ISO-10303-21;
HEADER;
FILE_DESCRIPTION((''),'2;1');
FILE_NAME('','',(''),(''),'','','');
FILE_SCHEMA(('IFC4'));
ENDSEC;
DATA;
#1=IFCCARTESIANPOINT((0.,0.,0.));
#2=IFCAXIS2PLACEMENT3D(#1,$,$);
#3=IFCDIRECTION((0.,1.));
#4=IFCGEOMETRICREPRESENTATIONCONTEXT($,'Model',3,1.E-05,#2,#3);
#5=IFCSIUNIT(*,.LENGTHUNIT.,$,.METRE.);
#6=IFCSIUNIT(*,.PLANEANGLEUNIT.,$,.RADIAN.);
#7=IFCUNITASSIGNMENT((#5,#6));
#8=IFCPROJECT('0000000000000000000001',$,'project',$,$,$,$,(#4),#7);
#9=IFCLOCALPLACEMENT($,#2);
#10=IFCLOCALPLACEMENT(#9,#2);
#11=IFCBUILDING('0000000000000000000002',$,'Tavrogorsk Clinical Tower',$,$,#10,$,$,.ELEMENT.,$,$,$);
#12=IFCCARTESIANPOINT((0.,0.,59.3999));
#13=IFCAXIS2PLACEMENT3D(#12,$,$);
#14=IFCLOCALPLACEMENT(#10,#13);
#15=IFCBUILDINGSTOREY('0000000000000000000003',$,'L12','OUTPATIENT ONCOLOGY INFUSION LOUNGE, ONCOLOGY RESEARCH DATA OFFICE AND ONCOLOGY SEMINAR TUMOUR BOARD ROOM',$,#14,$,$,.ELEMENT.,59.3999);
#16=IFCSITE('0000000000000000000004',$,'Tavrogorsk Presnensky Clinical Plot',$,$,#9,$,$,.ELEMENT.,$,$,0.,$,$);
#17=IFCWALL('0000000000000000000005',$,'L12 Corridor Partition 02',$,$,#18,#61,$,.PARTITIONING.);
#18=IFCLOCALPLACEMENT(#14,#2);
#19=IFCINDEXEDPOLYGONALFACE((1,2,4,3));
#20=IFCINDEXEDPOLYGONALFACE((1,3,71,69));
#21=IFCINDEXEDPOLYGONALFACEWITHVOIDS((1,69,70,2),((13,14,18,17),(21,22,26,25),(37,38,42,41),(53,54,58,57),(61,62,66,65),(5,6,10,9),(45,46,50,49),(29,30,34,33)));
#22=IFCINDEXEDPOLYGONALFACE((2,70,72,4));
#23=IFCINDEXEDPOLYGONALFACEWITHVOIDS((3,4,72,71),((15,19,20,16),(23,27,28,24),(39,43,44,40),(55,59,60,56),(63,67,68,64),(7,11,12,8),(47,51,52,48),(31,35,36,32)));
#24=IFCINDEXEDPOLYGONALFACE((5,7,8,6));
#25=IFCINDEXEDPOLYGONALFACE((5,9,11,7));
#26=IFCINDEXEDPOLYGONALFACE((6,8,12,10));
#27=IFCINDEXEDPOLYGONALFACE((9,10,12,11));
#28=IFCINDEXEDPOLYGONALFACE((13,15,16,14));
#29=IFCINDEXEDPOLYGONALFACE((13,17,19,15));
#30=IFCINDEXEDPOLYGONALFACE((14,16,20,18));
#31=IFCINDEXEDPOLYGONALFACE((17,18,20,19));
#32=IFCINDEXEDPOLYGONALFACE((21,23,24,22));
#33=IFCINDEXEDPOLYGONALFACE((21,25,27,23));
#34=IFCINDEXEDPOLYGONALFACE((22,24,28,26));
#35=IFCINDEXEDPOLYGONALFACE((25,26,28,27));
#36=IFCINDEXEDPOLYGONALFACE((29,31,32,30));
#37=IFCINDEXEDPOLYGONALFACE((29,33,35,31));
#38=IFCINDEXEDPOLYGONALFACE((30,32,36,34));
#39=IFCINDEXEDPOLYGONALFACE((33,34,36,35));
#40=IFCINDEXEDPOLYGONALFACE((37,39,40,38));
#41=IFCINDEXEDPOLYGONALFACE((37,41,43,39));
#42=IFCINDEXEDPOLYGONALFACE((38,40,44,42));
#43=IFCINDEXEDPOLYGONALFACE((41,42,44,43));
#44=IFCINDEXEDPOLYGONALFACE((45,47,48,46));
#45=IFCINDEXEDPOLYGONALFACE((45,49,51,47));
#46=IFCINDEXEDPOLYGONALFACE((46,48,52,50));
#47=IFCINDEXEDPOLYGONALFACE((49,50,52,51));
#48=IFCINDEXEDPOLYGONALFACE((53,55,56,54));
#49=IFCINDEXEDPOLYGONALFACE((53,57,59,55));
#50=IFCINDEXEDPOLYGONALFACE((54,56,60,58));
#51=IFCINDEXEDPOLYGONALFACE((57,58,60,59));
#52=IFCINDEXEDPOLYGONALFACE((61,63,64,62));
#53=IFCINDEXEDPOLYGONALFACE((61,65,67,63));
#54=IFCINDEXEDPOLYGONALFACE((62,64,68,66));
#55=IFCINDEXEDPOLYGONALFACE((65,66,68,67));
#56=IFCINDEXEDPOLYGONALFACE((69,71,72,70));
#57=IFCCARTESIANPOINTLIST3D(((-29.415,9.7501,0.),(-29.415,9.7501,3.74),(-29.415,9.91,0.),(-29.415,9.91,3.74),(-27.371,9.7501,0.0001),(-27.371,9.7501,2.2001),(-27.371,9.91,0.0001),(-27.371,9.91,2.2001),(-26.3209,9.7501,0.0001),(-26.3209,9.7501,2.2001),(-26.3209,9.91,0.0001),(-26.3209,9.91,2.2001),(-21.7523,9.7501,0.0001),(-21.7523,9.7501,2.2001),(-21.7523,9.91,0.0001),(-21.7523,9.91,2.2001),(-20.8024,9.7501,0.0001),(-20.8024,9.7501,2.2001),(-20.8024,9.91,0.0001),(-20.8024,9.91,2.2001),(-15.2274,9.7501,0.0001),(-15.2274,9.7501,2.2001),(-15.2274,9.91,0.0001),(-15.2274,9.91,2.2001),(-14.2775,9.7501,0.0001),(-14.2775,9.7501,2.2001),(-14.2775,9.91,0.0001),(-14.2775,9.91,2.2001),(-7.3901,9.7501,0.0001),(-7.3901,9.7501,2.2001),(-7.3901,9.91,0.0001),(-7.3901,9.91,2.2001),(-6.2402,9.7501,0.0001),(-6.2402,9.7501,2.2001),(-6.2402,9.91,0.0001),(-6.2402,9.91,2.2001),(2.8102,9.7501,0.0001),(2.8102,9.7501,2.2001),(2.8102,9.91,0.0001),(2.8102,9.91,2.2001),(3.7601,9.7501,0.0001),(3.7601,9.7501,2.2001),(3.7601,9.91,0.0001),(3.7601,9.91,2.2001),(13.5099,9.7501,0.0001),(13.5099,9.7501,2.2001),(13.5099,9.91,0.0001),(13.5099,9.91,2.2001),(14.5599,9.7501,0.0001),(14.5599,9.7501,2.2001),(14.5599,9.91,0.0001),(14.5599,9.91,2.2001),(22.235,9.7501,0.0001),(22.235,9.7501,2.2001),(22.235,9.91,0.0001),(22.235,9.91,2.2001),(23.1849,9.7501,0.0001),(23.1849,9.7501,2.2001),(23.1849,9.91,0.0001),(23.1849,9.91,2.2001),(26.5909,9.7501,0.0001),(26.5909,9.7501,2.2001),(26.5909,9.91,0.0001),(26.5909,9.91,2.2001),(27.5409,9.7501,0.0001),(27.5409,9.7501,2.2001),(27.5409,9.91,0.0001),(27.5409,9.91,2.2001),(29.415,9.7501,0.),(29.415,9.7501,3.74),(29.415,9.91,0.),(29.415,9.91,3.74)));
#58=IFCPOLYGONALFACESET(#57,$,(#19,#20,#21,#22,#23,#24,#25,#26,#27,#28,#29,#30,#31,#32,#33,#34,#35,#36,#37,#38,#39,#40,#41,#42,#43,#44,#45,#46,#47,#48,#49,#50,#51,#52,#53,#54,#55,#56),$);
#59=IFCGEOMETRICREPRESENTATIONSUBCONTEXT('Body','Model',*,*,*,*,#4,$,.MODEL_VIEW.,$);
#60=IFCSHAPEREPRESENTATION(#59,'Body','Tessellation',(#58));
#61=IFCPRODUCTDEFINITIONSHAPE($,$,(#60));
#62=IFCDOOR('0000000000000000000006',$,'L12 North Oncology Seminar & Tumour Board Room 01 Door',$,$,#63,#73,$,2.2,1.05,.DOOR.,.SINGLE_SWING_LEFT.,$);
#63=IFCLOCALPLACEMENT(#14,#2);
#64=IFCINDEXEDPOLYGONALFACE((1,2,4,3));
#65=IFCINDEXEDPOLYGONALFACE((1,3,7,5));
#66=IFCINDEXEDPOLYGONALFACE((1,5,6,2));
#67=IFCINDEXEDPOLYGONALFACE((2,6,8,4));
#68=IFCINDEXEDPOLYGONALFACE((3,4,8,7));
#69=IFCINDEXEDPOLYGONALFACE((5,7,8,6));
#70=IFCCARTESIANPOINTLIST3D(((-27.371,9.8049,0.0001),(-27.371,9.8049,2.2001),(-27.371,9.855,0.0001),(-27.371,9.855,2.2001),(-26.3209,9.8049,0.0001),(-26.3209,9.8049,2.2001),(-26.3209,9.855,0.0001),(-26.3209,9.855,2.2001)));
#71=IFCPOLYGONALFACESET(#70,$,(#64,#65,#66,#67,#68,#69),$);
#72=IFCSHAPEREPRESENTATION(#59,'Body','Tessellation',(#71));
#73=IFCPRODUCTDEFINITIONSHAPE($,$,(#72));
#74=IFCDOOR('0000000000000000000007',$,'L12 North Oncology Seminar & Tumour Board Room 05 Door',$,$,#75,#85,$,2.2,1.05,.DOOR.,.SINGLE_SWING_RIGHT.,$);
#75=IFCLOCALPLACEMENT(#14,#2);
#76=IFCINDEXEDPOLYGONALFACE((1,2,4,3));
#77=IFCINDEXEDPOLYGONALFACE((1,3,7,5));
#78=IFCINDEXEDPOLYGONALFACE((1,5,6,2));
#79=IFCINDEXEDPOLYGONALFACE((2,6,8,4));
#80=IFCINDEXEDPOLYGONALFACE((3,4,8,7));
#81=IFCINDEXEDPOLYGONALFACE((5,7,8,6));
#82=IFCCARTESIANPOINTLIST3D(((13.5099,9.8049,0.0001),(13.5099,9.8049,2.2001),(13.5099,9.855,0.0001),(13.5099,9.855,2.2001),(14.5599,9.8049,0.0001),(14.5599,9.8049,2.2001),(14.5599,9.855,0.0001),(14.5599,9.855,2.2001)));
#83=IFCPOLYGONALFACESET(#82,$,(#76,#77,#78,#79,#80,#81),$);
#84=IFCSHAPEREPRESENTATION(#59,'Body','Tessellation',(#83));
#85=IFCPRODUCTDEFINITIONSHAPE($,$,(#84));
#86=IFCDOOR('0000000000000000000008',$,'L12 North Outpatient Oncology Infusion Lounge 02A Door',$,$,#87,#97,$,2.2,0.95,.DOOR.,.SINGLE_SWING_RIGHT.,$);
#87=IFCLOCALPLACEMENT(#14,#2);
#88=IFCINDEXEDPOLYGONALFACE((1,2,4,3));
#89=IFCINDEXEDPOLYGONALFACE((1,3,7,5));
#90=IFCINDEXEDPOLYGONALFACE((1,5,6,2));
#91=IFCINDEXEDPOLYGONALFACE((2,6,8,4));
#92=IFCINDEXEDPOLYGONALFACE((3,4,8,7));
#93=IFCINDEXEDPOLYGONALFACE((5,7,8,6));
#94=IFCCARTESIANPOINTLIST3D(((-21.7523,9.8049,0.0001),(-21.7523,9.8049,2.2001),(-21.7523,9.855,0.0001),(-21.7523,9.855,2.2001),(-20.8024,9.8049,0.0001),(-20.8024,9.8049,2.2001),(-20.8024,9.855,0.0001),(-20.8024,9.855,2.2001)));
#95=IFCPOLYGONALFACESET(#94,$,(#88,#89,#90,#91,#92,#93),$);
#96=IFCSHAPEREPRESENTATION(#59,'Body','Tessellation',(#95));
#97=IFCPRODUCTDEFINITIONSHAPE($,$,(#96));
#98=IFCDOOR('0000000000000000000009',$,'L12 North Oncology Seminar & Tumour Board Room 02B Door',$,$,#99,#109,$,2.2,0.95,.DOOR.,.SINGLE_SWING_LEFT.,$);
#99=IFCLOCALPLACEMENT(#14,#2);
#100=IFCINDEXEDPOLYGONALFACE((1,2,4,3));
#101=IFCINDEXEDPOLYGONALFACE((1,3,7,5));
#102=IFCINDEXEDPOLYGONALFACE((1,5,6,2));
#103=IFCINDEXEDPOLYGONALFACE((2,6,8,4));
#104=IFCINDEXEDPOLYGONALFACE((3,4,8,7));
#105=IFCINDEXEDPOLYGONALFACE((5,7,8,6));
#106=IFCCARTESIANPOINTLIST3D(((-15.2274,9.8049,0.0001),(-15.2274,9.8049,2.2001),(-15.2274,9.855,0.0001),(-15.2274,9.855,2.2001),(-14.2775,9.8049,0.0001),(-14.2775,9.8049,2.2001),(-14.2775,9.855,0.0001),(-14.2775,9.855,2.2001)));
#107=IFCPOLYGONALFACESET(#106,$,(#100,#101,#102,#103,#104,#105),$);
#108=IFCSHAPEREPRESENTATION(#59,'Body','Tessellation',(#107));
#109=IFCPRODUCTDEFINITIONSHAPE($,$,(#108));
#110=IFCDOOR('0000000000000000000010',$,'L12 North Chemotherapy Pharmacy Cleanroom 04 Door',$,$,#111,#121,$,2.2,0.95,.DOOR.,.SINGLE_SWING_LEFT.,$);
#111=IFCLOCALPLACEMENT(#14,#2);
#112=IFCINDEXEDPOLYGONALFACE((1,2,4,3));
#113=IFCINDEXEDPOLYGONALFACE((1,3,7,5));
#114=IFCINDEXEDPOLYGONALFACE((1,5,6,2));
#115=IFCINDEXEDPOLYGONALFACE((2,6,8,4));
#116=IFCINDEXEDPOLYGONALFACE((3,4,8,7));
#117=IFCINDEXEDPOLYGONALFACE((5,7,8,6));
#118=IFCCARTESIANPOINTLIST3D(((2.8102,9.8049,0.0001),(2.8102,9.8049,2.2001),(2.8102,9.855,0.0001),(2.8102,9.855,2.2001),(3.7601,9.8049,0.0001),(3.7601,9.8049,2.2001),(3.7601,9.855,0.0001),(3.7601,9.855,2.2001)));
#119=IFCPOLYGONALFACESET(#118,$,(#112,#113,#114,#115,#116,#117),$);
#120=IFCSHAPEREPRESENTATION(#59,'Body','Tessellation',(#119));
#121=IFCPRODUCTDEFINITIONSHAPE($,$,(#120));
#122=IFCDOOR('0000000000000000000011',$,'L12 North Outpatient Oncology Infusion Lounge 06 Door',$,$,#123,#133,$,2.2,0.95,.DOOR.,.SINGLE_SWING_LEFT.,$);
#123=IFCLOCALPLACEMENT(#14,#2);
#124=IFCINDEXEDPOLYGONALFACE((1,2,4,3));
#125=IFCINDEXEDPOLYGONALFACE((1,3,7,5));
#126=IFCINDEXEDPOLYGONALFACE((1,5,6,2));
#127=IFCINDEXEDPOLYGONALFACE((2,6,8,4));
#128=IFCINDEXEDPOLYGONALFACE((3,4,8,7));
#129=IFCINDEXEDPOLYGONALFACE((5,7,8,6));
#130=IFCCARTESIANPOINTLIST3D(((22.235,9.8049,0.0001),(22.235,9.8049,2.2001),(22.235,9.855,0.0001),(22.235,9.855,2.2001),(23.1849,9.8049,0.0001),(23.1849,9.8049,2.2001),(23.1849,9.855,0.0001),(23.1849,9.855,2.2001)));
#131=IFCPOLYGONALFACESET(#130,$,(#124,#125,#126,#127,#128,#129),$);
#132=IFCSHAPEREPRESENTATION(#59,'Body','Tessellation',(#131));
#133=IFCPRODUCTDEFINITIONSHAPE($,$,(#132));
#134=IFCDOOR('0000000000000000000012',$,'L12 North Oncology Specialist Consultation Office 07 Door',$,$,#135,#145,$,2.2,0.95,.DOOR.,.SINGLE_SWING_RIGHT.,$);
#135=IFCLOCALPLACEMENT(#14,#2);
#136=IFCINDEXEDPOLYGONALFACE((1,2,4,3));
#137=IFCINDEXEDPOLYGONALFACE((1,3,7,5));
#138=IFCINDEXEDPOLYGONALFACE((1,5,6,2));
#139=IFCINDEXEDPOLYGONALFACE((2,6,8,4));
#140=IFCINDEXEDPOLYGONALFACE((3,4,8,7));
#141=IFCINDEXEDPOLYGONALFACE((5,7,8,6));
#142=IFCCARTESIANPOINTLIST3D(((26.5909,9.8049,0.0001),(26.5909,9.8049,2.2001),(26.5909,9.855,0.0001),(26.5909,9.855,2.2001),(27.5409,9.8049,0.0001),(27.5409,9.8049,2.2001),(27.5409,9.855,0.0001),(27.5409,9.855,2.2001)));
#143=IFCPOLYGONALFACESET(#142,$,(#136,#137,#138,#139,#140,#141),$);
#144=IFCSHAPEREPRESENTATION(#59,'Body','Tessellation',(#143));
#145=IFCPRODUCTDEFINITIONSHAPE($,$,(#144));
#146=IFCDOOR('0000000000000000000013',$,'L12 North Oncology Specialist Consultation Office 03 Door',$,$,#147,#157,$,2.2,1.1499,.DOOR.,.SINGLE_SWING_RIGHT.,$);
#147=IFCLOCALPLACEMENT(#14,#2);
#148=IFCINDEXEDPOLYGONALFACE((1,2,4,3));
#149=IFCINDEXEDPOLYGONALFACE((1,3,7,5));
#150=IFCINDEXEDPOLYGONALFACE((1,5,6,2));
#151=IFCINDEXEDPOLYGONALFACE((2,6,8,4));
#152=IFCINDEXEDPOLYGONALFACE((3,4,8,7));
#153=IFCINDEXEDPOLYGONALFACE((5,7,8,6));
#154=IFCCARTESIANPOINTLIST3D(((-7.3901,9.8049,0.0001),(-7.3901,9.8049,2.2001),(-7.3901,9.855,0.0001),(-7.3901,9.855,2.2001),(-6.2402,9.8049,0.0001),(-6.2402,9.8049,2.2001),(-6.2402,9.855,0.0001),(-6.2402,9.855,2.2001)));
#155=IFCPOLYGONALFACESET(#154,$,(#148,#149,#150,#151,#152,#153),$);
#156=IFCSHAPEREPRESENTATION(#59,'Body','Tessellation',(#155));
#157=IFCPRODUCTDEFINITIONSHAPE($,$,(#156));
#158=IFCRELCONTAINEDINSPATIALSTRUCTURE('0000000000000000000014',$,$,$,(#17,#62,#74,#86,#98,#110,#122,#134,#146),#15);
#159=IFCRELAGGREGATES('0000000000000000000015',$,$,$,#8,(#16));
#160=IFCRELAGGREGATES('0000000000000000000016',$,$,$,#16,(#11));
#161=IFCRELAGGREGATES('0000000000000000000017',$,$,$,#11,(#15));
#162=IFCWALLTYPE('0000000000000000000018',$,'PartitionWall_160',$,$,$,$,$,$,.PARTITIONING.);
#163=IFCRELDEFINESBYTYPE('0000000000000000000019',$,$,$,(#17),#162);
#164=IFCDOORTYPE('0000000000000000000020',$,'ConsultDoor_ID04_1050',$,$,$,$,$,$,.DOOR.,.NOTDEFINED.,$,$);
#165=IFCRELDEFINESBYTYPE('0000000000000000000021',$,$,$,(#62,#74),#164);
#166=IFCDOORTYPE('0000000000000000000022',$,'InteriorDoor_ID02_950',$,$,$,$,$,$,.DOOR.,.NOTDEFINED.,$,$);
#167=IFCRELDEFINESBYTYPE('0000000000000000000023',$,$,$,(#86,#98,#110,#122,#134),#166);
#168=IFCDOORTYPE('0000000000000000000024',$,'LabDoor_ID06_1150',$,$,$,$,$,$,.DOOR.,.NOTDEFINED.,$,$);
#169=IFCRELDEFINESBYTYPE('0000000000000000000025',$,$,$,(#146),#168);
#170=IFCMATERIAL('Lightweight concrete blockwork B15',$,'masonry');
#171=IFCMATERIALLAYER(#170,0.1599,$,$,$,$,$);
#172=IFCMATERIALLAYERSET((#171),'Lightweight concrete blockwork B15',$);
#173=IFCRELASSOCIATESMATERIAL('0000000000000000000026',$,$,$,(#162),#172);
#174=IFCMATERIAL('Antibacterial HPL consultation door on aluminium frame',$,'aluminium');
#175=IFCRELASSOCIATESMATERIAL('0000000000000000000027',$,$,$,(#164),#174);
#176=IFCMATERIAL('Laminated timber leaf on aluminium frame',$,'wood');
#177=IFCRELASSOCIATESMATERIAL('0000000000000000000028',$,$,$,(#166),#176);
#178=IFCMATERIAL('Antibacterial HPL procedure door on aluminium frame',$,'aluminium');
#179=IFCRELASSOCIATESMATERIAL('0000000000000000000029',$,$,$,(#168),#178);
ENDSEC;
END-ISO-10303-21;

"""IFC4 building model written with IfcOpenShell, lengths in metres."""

from ifc_helpers import new_model, si_unit, direction, frame, frame_2d, origin, place, context, subcontext, project, spatial, rectangle, extrude, material, layer, layer_set, type_object, element, fill, save


model = new_model("IFC4")

# Units and contexts
model_context = context("Model", 3, precision=1e-05, world=origin(), true_north=direction((0.0, 1.0)))
body_context = subcontext(model_context, "Body", "Model", "MODEL_VIEW")
ifc_project = project(units=[si_unit("LENGTHUNIT", "METRE"), si_unit("PLANEANGLEUNIT", "RADIAN")], contexts=[model_context])

# Site, building, storey
site_placement = place(None, origin())
site = spatial("IfcSite", under=ifc_project, at=site_placement, Name="Tavrogorsk Presnensky Clinical Plot", CompositionType="ELEMENT", RefElevation=0.0)
building_placement = place(site_placement, origin())
building = spatial("IfcBuilding", under=site, at=building_placement, Name="Tavrogorsk Clinical Tower", CompositionType="ELEMENT")
storey_placement = place(building_placement, frame((0.0, 0.0, 59.3999)))
storey = spatial("IfcBuildingStorey", under=building, at=storey_placement, Name="L12", Description="OUTPATIENT ONCOLOGY INFUSION LOUNGE, ONCOLOGY RESEARCH DATA OFFICE AND ONCOLOGY SEMINAR TUMOUR BOARD ROOM", CompositionType="ELEMENT", Elevation=59.3999)

# Wall, openings, doors
ifc_material_1 = material(Name="Lightweight concrete blockwork B15", Category="masonry")
ifc_layer_1 = layer(ifc_material_1, 0.1599)
ifc_layer_set_1 = layer_set([ifc_layer_1], Name="Lightweight concrete blockwork B15")
wall_type_1 = type_object("IfcWallType", Name="PartitionWall_160", PredefinedType="PARTITIONING", material=ifc_layer_set_1)
wall_1_placement = place(storey_placement, frame((-29.415, 9.8301, 0.0), z_axis=(0.0, 0.0, 1.0), x_axis=(1.0, 0.0, 0.0)))
wall_1 = element("IfcWall", 1, at=wall_1_placement, inside=storey, type_object=wall_type_1, Name="L12 Corridor Partition 02", PredefinedType="PARTITIONING", context=body_context, shape_type="SweptSolid", body=[
    extrude(rectangle(XDim=58.8301, YDim=0.1599, at=frame_2d((29.415, 0.0))), origin(), (0.0, 0.0, 1.0), 3.74),
])
opening_1_placement = place(wall_1_placement, frame((2.0442, 0.0, 0.0)))
opening_1 = element("IfcOpeningElement", 2, at=opening_1_placement, cuts=wall_1, PredefinedType="OPENING", context=body_context, shape_type="SweptSolid", body=[
    extrude(rectangle(XDim=1.05, YDim=2.2, at=frame_2d((0.5249, 1.1001))), frame((0.0, 0.0898, 0.0), z_axis=(0.0, -1.0, 0.0), x_axis=(1.0, 0.0, 0.0)), (0.0, 0.0, 1.0), 0.1799),
])
opening_2_placement = place(wall_1_placement, frame((7.6626, 0.0, 0.0)))
opening_2 = element("IfcOpeningElement", 3, at=opening_2_placement, cuts=wall_1, PredefinedType="OPENING", context=body_context, shape_type="SweptSolid", body=[
    extrude(rectangle(XDim=0.95, YDim=2.2, at=frame_2d((0.4751, 1.1001))), frame((0.0, 0.0898, 0.0), z_axis=(0.0, -1.0, 0.0), x_axis=(1.0, 0.0, 0.0)), (0.0, 0.0, 1.0), 0.1799),
])
opening_3_placement = place(wall_1_placement, frame((14.1875, 0.0, 0.0)))
opening_3 = element("IfcOpeningElement", 4, at=opening_3_placement, cuts=wall_1, PredefinedType="OPENING", context=body_context, shape_type="SweptSolid", body=[
    extrude(rectangle(XDim=0.95, YDim=2.2, at=frame_2d((0.4751, 1.1001))), frame((0.0, 0.0898, 0.0), z_axis=(0.0, -1.0, 0.0), x_axis=(1.0, 0.0, 0.0)), (0.0, 0.0, 1.0), 0.1799),
])
opening_4_placement = place(wall_1_placement, frame((22.0249, 0.0, 0.0)))
opening_4 = element("IfcOpeningElement", 5, at=opening_4_placement, cuts=wall_1, PredefinedType="OPENING", context=body_context, shape_type="SweptSolid", body=[
    extrude(rectangle(XDim=1.1499, YDim=2.2, at=frame_2d((0.575, 1.1001))), frame((0.0, 0.0898, 0.0), z_axis=(0.0, -1.0, 0.0), x_axis=(1.0, 0.0, 0.0)), (0.0, 0.0, 1.0), 0.1799),
])
opening_5_placement = place(wall_1_placement, frame((32.2251, 0.0, 0.0)))
opening_5 = element("IfcOpeningElement", 6, at=opening_5_placement, cuts=wall_1, PredefinedType="OPENING", context=body_context, shape_type="SweptSolid", body=[
    extrude(rectangle(XDim=0.95, YDim=2.2, at=frame_2d((0.4751, 1.1001))), frame((0.0, 0.0898, 0.0), z_axis=(0.0, -1.0, 0.0), x_axis=(1.0, 0.0, 0.0)), (0.0, 0.0, 1.0), 0.1799),
])
opening_6_placement = place(wall_1_placement, frame((42.925, 0.0, 0.0)))
opening_6 = element("IfcOpeningElement", 7, at=opening_6_placement, cuts=wall_1, PredefinedType="OPENING", context=body_context, shape_type="SweptSolid", body=[
    extrude(rectangle(XDim=1.05, YDim=2.2, at=frame_2d((0.5249, 1.1001))), frame((0.0, 0.0898, 0.0), z_axis=(0.0, -1.0, 0.0), x_axis=(1.0, 0.0, 0.0)), (0.0, 0.0, 1.0), 0.1799),
])
opening_7_placement = place(wall_1_placement, frame((51.6499, 0.0, 0.0)))
opening_7 = element("IfcOpeningElement", 8, at=opening_7_placement, cuts=wall_1, PredefinedType="OPENING", context=body_context, shape_type="SweptSolid", body=[
    extrude(rectangle(XDim=0.95, YDim=2.2, at=frame_2d((0.4751, 1.1001))), frame((0.0, 0.0898, 0.0), z_axis=(0.0, -1.0, 0.0), x_axis=(1.0, 0.0, 0.0)), (0.0, 0.0, 1.0), 0.1799),
])
opening_8_placement = place(wall_1_placement, frame((56.0059, 0.0, 0.0)))
opening_8 = element("IfcOpeningElement", 9, at=opening_8_placement, cuts=wall_1, PredefinedType="OPENING", context=body_context, shape_type="SweptSolid", body=[
    extrude(rectangle(XDim=0.95, YDim=2.2, at=frame_2d((0.4751, 1.1001))), frame((0.0, 0.0898, 0.0), z_axis=(0.0, -1.0, 0.0), x_axis=(1.0, 0.0, 0.0)), (0.0, 0.0, 1.0), 0.1799),
])
ifc_material_2 = material(Name="Antibacterial HPL consultation door on aluminium frame", Category="aluminium")
door_type_1 = type_object("IfcDoorType", Name="ConsultDoor_ID04_1050", OperationType="NOTDEFINED", PredefinedType="DOOR", material=ifc_material_2)
door_1_placement = place(opening_1_placement, origin())
door_1 = element("IfcDoor", 10, at=door_1_placement, inside=storey, type_object=door_type_1, Name="L12 North Oncology Seminar & Tumour Board Room 01 Door", OperationType="SINGLE_SWING_LEFT", OverallHeight=2.2, OverallWidth=1.05, PredefinedType="DOOR", context=body_context, shape_type="SweptSolid", body=[
    extrude(rectangle(XDim=1.05, YDim=2.2, at=frame_2d((0.5249, 1.1001))), frame((0.0, 0.0249, 0.0), z_axis=(0.0, -1.0, 0.0), x_axis=(1.0, 0.0, 0.0)), (0.0, 0.0, 1.0), 0.05),
])
fill(opening_1, door_1)
door_2_placement = place(opening_6_placement, origin())
door_2 = element("IfcDoor", 11, at=door_2_placement, inside=storey, type_object=door_type_1, Name="L12 North Oncology Seminar & Tumour Board Room 05 Door", OperationType="SINGLE_SWING_RIGHT", OverallHeight=2.2, OverallWidth=1.05, PredefinedType="DOOR", context=body_context, shape_type="SweptSolid", body=[
    extrude(rectangle(XDim=1.05, YDim=2.2, at=frame_2d((0.5249, 1.1001))), frame((0.0, 0.0249, 0.0), z_axis=(0.0, -1.0, 0.0), x_axis=(1.0, 0.0, 0.0)), (0.0, 0.0, 1.0), 0.05),
])
fill(opening_6, door_2)
ifc_material_3 = material(Name="Laminated timber leaf on aluminium frame", Category="wood")
door_type_2 = type_object("IfcDoorType", Name="InteriorDoor_ID02_950", OperationType="NOTDEFINED", PredefinedType="DOOR", material=ifc_material_3)
door_3_placement = place(opening_2_placement, origin())
door_3 = element("IfcDoor", 12, at=door_3_placement, inside=storey, type_object=door_type_2, Name="L12 North Outpatient Oncology Infusion Lounge 02A Door", OperationType="SINGLE_SWING_RIGHT", OverallHeight=2.2, OverallWidth=0.95, PredefinedType="DOOR", context=body_context, shape_type="SweptSolid", body=[
    extrude(rectangle(XDim=0.95, YDim=2.2, at=frame_2d((0.4751, 1.1001))), frame((0.0, 0.0249, 0.0), z_axis=(0.0, -1.0, 0.0), x_axis=(1.0, 0.0, 0.0)), (0.0, 0.0, 1.0), 0.05),
])
fill(opening_2, door_3)
door_4_placement = place(opening_3_placement, origin())
door_4 = element("IfcDoor", 13, at=door_4_placement, inside=storey, type_object=door_type_2, Name="L12 North Oncology Seminar & Tumour Board Room 02B Door", OperationType="SINGLE_SWING_LEFT", OverallHeight=2.2, OverallWidth=0.95, PredefinedType="DOOR", context=body_context, shape_type="SweptSolid", body=[
    extrude(rectangle(XDim=0.95, YDim=2.2, at=frame_2d((0.4751, 1.1001))), frame((0.0, 0.0249, 0.0), z_axis=(0.0, -1.0, 0.0), x_axis=(1.0, 0.0, 0.0)), (0.0, 0.0, 1.0), 0.05),
])
fill(opening_3, door_4)
door_5_placement = place(opening_5_placement, origin())
door_5 = element("IfcDoor", 14, at=door_5_placement, inside=storey, type_object=door_type_2, Name="L12 North Chemotherapy Pharmacy Cleanroom 04 Door", OperationType="SINGLE_SWING_LEFT", OverallHeight=2.2, OverallWidth=0.95, PredefinedType="DOOR", context=body_context, shape_type="SweptSolid", body=[
    extrude(rectangle(XDim=0.95, YDim=2.2, at=frame_2d((0.4751, 1.1001))), frame((0.0, 0.0249, 0.0), z_axis=(0.0, -1.0, 0.0), x_axis=(1.0, 0.0, 0.0)), (0.0, 0.0, 1.0), 0.05),
])
fill(opening_5, door_5)
door_6_placement = place(opening_7_placement, origin())
door_6 = element("IfcDoor", 15, at=door_6_placement, inside=storey, type_object=door_type_2, Name="L12 North Outpatient Oncology Infusion Lounge 06 Door", OperationType="SINGLE_SWING_LEFT", OverallHeight=2.2, OverallWidth=0.95, PredefinedType="DOOR", context=body_context, shape_type="SweptSolid", body=[
    extrude(rectangle(XDim=0.95, YDim=2.2, at=frame_2d((0.4751, 1.1001))), frame((0.0, 0.0249, 0.0), z_axis=(0.0, -1.0, 0.0), x_axis=(1.0, 0.0, 0.0)), (0.0, 0.0, 1.0), 0.05),
])
fill(opening_7, door_6)
door_7_placement = place(opening_8_placement, origin())
door_7 = element("IfcDoor", 16, at=door_7_placement, inside=storey, type_object=door_type_2, Name="L12 North Oncology Specialist Consultation Office 07 Door", OperationType="SINGLE_SWING_RIGHT", OverallHeight=2.2, OverallWidth=0.95, PredefinedType="DOOR", context=body_context, shape_type="SweptSolid", body=[
    extrude(rectangle(XDim=0.95, YDim=2.2, at=frame_2d((0.4751, 1.1001))), frame((0.0, 0.0249, 0.0), z_axis=(0.0, -1.0, 0.0), x_axis=(1.0, 0.0, 0.0)), (0.0, 0.0, 1.0), 0.05),
])
fill(opening_8, door_7)
ifc_material_4 = material(Name="Antibacterial HPL procedure door on aluminium frame", Category="aluminium")
door_type_3 = type_object("IfcDoorType", Name="LabDoor_ID06_1150", OperationType="NOTDEFINED", PredefinedType="DOOR", material=ifc_material_4)
door_8_placement = place(opening_4_placement, origin())
door_8 = element("IfcDoor", 17, at=door_8_placement, inside=storey, type_object=door_type_3, Name="L12 North Oncology Specialist Consultation Office 03 Door", OperationType="SINGLE_SWING_RIGHT", OverallHeight=2.2, OverallWidth=1.1499, PredefinedType="DOOR", context=body_context, shape_type="SweptSolid", body=[
    extrude(rectangle(XDim=1.1499, YDim=2.2, at=frame_2d((0.575, 1.1001))), frame((0.0, 0.0249, 0.0), z_axis=(0.0, -1.0, 0.0), x_axis=(1.0, 0.0, 0.0)), (0.0, 0.0, 1.0), 0.05),
])
fill(opening_4, door_8)

save(model, "model.ifc")
